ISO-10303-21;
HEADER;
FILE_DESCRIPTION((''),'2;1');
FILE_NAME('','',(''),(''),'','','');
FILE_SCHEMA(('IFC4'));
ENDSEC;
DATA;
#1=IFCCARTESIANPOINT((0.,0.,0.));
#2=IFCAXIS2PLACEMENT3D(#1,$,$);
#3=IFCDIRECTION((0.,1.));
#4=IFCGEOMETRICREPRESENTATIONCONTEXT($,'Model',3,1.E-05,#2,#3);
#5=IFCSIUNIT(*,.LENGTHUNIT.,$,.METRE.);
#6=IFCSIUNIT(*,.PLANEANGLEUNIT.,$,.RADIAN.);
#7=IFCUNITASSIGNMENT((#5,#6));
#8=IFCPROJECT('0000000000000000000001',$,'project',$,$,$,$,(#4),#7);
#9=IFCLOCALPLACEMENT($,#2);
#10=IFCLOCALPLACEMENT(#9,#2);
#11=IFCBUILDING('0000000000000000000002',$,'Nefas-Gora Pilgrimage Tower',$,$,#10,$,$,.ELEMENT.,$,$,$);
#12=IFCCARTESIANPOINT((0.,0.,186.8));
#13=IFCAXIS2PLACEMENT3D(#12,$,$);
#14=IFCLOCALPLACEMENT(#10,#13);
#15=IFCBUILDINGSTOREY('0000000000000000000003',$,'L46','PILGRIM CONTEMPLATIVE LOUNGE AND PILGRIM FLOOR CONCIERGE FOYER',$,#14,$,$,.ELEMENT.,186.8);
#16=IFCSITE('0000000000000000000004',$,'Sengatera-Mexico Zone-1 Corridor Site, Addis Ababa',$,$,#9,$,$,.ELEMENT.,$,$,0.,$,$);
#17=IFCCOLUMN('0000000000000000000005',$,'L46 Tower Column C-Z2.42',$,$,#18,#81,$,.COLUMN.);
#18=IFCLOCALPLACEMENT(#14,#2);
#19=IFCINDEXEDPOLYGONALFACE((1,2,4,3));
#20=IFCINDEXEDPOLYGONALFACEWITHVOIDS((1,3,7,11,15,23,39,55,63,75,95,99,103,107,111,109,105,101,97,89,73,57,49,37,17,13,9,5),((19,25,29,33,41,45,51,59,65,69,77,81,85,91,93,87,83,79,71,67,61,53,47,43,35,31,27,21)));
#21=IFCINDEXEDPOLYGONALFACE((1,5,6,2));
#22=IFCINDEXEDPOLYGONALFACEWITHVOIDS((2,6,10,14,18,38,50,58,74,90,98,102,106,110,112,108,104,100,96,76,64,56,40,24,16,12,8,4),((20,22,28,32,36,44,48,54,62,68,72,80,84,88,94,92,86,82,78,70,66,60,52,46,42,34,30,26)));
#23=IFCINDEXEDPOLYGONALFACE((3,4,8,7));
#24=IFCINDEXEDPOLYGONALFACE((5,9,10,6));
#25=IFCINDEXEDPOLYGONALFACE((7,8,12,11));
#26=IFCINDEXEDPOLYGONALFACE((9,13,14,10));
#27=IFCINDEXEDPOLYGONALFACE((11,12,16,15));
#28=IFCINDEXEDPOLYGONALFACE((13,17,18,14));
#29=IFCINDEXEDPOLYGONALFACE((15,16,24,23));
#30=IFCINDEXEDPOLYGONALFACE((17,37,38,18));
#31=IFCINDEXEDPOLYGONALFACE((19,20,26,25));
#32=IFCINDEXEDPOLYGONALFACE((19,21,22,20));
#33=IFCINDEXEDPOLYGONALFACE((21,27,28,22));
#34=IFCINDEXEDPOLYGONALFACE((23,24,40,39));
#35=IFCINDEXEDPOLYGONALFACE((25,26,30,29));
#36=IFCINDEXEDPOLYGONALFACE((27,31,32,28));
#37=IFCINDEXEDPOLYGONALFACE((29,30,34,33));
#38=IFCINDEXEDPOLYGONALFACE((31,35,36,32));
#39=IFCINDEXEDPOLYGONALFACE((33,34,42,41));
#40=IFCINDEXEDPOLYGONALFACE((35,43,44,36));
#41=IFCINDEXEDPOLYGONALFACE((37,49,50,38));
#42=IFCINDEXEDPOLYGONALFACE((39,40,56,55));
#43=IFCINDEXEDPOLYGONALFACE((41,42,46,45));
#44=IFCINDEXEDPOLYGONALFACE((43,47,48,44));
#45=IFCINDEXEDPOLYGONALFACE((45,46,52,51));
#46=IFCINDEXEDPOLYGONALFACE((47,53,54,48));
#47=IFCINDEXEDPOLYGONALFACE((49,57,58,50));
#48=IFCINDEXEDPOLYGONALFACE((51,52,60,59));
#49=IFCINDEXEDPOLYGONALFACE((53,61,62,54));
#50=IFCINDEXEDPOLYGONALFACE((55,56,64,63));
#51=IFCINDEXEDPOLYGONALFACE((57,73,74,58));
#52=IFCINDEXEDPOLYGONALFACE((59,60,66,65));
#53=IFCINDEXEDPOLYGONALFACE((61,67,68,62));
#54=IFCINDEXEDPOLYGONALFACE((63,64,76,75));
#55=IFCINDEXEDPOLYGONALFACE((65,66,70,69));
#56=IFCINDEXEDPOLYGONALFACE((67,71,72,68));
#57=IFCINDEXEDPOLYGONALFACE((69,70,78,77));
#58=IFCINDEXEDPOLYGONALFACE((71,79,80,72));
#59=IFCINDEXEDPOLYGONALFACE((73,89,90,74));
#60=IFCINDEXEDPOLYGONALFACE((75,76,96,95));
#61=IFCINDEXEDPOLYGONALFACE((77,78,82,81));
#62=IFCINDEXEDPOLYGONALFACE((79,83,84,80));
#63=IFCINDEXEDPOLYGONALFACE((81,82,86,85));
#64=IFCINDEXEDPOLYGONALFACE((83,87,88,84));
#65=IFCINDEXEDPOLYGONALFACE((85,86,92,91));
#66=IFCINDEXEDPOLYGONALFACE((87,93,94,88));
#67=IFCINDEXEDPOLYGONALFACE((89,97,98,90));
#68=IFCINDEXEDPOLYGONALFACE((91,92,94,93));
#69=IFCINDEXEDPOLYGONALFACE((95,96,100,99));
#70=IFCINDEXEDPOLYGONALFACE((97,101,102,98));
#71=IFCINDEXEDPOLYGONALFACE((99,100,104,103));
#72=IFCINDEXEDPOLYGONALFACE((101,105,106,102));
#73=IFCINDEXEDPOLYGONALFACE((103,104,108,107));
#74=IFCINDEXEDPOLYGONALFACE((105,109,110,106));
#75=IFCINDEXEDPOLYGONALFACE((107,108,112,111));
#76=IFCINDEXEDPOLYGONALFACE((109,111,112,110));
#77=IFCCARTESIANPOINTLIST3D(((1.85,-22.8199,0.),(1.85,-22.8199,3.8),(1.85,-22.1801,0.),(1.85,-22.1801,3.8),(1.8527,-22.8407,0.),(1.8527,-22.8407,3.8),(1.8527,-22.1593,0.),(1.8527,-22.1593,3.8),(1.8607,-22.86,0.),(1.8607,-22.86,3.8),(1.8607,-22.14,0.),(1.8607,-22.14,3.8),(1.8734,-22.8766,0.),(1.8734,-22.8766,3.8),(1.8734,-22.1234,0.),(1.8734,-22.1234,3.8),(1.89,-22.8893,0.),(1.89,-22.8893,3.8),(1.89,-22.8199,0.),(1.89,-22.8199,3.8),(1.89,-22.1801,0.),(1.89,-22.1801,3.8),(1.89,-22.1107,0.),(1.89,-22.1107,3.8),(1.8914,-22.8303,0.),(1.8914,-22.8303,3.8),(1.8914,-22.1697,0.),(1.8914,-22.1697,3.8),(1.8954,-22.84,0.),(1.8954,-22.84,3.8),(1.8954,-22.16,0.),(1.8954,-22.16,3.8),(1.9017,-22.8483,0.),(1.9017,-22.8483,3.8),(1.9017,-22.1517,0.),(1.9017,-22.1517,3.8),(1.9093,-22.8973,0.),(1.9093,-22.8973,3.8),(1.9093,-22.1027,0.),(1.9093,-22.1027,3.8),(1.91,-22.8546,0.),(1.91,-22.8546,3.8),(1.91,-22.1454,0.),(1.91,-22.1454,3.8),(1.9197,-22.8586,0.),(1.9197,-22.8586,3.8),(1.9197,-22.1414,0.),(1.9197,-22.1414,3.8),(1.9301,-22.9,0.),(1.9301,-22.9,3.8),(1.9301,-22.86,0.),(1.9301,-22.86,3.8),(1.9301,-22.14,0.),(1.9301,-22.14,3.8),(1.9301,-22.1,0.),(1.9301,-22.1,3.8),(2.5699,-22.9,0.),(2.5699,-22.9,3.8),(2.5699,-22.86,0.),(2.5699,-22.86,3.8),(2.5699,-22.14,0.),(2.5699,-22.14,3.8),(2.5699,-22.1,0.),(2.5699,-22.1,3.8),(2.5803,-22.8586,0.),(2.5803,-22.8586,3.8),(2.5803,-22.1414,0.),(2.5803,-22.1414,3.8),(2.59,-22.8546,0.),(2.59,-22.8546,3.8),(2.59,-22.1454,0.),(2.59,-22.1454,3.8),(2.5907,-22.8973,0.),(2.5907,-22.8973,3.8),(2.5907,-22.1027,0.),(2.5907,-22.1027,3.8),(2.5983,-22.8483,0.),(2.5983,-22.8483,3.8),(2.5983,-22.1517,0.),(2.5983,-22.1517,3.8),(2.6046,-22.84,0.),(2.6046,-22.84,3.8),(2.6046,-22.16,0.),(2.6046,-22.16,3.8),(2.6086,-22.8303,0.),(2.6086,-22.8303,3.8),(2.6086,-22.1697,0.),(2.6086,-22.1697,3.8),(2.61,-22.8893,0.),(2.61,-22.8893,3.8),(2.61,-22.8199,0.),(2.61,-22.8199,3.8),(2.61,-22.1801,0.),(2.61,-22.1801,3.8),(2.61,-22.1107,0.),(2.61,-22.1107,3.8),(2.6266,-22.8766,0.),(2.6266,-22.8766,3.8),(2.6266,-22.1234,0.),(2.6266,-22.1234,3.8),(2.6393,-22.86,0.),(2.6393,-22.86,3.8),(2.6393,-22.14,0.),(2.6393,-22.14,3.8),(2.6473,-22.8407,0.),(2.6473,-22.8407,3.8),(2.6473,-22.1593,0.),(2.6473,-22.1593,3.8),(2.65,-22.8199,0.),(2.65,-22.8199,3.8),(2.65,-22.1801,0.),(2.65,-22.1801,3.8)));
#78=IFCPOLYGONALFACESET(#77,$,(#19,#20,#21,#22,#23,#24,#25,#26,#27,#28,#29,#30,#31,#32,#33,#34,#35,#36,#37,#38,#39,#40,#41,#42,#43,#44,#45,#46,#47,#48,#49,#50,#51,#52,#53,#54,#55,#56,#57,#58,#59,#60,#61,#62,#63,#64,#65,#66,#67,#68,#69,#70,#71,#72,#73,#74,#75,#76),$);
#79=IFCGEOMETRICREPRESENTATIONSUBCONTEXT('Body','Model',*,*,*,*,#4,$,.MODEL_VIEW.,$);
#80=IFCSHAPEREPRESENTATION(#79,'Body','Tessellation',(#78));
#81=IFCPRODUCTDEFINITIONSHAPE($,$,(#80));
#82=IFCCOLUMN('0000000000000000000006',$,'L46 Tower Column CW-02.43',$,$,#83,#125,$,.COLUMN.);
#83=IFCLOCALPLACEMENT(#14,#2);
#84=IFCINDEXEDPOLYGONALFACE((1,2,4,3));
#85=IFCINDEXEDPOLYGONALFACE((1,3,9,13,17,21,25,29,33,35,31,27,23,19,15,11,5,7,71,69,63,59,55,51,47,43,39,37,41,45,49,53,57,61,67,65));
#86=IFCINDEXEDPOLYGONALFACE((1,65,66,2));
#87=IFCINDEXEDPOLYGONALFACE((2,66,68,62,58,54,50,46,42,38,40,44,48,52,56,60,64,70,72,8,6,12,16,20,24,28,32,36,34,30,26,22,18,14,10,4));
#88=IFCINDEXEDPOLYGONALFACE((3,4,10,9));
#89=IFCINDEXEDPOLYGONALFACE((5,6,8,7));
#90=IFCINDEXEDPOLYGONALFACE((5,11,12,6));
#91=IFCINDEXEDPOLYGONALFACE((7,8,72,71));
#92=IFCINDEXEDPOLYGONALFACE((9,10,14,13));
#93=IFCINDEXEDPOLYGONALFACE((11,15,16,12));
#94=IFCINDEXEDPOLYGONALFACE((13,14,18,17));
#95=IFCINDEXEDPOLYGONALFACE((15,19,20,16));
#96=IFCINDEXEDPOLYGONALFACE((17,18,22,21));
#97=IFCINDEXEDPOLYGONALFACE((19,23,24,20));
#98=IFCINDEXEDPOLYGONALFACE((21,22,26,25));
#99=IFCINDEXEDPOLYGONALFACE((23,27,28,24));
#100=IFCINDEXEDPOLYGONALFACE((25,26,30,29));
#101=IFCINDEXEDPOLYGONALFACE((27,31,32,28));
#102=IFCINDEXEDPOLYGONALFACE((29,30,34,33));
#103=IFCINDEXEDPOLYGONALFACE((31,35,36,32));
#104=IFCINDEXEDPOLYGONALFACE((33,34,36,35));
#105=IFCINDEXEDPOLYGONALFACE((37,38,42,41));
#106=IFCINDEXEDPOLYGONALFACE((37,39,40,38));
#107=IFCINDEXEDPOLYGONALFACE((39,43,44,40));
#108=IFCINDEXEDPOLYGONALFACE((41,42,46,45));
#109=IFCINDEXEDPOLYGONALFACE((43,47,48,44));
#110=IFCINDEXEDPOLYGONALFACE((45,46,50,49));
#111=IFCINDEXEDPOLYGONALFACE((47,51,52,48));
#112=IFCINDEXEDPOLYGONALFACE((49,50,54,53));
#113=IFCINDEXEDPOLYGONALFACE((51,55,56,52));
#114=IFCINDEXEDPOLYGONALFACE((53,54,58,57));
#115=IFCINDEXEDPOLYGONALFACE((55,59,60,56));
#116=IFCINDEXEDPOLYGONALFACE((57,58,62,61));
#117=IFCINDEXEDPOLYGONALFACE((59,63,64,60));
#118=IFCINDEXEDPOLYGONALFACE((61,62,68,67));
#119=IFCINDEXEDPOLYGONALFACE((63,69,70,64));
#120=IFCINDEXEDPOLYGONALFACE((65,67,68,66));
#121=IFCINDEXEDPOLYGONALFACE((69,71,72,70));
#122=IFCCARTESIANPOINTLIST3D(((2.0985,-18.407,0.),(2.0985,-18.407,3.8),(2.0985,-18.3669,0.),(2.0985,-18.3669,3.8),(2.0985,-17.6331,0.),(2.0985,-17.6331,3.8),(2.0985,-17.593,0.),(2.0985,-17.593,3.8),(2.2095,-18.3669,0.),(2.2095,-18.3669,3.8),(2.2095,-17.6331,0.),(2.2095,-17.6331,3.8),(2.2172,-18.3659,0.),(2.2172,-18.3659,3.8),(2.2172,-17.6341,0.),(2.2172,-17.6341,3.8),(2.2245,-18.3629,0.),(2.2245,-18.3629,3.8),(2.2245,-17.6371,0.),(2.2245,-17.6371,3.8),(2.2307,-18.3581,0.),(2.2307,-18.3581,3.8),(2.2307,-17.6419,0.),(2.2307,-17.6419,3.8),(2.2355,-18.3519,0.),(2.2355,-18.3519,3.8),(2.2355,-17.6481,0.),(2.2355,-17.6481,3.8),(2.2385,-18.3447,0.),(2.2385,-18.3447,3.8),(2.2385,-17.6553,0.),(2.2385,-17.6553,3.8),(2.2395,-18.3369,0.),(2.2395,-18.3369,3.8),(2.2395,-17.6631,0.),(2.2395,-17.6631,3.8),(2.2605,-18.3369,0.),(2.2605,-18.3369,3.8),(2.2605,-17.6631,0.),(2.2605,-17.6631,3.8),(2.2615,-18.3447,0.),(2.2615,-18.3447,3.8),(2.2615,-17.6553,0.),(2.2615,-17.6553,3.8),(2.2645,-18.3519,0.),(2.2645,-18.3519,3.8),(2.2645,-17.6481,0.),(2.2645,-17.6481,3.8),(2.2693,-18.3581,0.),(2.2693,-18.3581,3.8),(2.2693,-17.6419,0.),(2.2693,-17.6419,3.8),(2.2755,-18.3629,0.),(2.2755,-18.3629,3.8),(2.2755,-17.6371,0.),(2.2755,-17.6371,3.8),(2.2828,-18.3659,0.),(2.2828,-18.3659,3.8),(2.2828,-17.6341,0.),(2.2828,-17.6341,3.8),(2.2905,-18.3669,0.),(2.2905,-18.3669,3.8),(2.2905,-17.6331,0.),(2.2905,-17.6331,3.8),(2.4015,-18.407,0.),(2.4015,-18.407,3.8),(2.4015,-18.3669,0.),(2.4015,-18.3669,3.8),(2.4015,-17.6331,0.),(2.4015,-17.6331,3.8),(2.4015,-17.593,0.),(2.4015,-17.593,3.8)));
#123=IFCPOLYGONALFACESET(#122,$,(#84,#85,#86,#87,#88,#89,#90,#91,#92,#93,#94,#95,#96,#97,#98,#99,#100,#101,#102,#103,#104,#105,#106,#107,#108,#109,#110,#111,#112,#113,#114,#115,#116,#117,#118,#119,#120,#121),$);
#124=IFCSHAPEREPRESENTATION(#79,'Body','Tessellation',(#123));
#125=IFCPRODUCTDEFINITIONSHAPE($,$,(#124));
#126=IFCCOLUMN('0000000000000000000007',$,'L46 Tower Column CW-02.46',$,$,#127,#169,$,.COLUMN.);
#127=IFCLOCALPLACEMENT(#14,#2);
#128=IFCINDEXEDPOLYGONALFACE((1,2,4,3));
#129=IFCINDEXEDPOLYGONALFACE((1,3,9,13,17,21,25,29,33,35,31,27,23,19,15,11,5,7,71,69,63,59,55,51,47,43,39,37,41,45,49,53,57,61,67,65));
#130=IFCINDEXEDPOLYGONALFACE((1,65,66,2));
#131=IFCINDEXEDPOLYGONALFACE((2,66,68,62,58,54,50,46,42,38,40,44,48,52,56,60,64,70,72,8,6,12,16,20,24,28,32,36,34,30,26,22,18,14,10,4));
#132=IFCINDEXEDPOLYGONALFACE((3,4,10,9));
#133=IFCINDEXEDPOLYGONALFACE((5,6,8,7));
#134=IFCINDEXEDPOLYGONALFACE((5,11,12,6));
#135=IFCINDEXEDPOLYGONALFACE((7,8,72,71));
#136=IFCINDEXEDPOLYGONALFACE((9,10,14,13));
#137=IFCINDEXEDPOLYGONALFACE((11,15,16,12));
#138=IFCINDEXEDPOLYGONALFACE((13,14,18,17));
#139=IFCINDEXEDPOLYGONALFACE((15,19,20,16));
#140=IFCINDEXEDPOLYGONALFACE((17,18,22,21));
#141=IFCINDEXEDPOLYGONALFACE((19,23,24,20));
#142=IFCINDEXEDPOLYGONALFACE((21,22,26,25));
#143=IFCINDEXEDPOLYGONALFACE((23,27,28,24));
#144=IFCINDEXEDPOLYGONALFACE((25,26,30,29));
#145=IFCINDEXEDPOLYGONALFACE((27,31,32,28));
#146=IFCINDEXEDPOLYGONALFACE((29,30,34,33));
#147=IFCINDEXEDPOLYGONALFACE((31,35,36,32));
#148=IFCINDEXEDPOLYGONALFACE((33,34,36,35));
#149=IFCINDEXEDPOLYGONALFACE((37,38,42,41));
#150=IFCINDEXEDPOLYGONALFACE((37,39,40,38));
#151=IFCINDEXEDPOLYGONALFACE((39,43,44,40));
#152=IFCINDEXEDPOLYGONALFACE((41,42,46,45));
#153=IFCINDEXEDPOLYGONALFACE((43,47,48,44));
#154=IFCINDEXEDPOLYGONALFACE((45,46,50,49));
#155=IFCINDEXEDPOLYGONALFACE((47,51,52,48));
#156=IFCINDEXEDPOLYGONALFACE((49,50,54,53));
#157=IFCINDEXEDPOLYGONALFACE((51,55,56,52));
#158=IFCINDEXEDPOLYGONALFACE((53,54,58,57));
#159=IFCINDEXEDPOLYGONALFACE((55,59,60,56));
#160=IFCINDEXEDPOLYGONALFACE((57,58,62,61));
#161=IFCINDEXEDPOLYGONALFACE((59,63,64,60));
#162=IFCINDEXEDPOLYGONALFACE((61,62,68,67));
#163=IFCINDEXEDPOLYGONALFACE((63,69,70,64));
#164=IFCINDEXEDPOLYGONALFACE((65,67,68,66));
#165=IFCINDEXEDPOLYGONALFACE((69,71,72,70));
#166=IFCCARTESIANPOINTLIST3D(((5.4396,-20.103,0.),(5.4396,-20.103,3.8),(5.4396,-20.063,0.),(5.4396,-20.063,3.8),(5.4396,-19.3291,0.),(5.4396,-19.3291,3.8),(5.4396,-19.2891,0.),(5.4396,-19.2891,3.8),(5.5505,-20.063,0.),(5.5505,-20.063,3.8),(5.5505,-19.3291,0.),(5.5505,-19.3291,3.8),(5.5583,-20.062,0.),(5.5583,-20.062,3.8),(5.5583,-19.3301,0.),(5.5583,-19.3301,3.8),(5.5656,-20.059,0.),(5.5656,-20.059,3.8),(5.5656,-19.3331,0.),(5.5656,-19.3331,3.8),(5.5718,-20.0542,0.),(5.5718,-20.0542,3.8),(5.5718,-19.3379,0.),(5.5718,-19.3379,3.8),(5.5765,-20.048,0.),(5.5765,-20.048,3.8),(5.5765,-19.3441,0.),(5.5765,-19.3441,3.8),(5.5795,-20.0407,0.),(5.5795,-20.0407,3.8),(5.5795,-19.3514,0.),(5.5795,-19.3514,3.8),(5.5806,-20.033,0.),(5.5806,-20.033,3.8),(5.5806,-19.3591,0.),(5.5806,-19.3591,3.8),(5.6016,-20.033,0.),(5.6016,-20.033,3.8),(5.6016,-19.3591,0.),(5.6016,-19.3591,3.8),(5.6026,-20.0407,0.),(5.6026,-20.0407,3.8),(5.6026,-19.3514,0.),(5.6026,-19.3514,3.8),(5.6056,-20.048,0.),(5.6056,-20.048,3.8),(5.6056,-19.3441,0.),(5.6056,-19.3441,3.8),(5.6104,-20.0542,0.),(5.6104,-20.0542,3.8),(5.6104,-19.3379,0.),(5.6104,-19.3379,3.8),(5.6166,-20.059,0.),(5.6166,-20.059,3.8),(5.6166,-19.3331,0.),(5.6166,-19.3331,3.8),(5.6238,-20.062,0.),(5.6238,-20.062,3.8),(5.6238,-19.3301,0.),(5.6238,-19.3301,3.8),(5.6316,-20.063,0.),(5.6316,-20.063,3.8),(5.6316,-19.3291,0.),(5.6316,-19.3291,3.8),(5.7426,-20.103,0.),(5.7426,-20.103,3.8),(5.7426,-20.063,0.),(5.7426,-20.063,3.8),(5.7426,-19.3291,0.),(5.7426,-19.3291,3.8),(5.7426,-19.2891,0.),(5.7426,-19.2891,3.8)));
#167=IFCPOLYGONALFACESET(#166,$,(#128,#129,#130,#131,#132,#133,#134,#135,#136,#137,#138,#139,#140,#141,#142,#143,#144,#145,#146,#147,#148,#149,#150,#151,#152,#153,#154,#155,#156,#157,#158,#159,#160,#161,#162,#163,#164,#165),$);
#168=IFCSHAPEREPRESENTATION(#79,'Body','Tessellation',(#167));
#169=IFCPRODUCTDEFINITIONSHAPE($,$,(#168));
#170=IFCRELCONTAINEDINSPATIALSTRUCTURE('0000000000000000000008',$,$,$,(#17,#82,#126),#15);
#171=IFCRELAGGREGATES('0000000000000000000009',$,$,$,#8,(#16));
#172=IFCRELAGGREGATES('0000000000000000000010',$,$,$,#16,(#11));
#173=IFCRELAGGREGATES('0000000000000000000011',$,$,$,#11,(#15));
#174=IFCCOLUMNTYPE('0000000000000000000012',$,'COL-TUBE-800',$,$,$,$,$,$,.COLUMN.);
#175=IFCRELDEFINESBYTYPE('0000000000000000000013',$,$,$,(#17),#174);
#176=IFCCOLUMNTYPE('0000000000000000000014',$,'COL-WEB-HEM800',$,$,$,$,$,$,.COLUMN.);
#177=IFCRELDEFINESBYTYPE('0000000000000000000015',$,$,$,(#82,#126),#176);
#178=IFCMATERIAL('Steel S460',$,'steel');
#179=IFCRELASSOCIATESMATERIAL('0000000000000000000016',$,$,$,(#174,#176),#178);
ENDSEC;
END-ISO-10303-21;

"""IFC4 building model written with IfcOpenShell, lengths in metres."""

from ifc_helpers import new_model, si_unit, direction, frame, origin, origin_2d, place, context, subcontext, project, spatial, hollow_rectangle, i_section, extrude, source, transform, mapped, material, material_profile, profile_set, type_object, element, save


model = new_model("IFC4")

# Units and contexts
model_context = context("Model", 3, precision=1e-05, world=origin(), true_north=direction((0.0, 1.0)))
body_context = subcontext(model_context, "Body", "Model", "MODEL_VIEW")
ifc_project = project(units=[si_unit("LENGTHUNIT", "METRE"), si_unit("PLANEANGLEUNIT", "RADIAN")], contexts=[model_context])

# Site, building, storey
site_placement = place(None, origin())
site = spatial("IfcSite", under=ifc_project, at=site_placement, Name="Sengatera-Mexico Zone-1 Corridor Site, Addis Ababa", CompositionType="ELEMENT", RefElevation=0.0)
building_placement = place(site_placement, origin())
building = spatial("IfcBuilding", under=site, at=building_placement, Name="Nefas-Gora Pilgrimage Tower", CompositionType="ELEMENT")
storey_placement = place(building_placement, frame((0.0, 0.0, 186.8)))
storey = spatial("IfcBuildingStorey", under=building, at=storey_placement, Name="L46", Description="PILGRIM CONTEMPLATIVE LOUNGE AND PILGRIM FLOOR CONCIERGE FOYER", CompositionType="ELEMENT", Elevation=186.8)

# Columns
ifc_material_1 = material(Name="Steel S460", Category="steel")
ifc_material_profile_1 = material_profile(ifc_material_1, hollow_rectangle(XDim=0.8, YDim=0.8, WallThickness=0.04, InnerFilletRadius=0.04, OuterFilletRadius=0.0801, at=origin_2d()), Name="BOX 800x800x40")
ifc_profile_set_1 = profile_set([ifc_material_profile_1], Name="Steel S460")
column_type_1 = type_object("IfcColumnType", Name="COL-TUBE-800", PredefinedType="COLUMN", material=ifc_profile_set_1)
shared_shape_1 = source(origin(), body_context, "Body", "SweptSolid", [
    extrude(hollow_rectangle(XDim=0.8, YDim=0.8, WallThickness=0.04, InnerFilletRadius=0.04, OuterFilletRadius=0.0801, at=origin_2d()), origin(), (0.0, 0.0, 1.0), 3.8),
])
column_placement = place(storey_placement, frame((2.25, -22.5, 0.0), z_axis=(0.0, 0.0, 1.0), x_axis=(1.0, 0.0, 0.0)))
element("IfcColumn", 1, at=column_placement, inside=storey, type_object=column_type_1, Name="L46 Tower Column C-Z2.42", PredefinedType="COLUMN", context=body_context, shape_type="MappedRepresentation", body=[
    mapped(shared_shape_1, transform((0.0, 0.0, 0.0), x_axis=(1.0, 0.0, 0.0), y_axis=(0.0, 1.0, 0.0), z_axis=(0.0, 0.0, 1.0), scale=1.0)),
])
ifc_material_profile_2 = material_profile(ifc_material_1, i_section(OverallWidth=0.303, OverallDepth=0.814, WebThickness=0.021, FlangeThickness=0.04, FilletRadius=0.03, at=origin_2d()), Name="HEM 800")
ifc_profile_set_2 = profile_set([ifc_material_profile_2], Name="Steel S460")
column_type_2 = type_object("IfcColumnType", Name="COL-WEB-HEM800", PredefinedType="COLUMN", material=ifc_profile_set_2)
shared_shape_2 = source(origin(), body_context, "Body", "SweptSolid", [
    extrude(i_section(OverallWidth=0.303, OverallDepth=0.814, WebThickness=0.021, FlangeThickness=0.04, FilletRadius=0.03, at=origin_2d()), origin(), (0.0, 0.0, 1.0), 3.8),
])
for number, where, z_axis, x_axis, name in (
    (2, (2.25, -18.0, 0.0), (0.0, 0.0, 1.0), (1.0, 0.0, 0.0), "L46 Tower Column CW-02.43"),
    (3, (5.5911, -19.696, 0.0), (0.0, 0.0, 1.0), (1.0, 0.0, 0.0), "L46 Tower Column CW-02.46"),
):
    element("IfcColumn", number, at=place(storey_placement, frame(where, z_axis=z_axis, x_axis=x_axis)), inside=storey, type_object=column_type_2, Name=name, PredefinedType="COLUMN", context=body_context, shape_type="MappedRepresentation", body=[
        mapped(shared_shape_2, transform((0.0, 0.0, 0.0), x_axis=(1.0, 0.0, 0.0), y_axis=(0.0, 1.0, 0.0), z_axis=(0.0, 0.0, 1.0), scale=1.0)),
    ])

save(model, "model.ifc")
